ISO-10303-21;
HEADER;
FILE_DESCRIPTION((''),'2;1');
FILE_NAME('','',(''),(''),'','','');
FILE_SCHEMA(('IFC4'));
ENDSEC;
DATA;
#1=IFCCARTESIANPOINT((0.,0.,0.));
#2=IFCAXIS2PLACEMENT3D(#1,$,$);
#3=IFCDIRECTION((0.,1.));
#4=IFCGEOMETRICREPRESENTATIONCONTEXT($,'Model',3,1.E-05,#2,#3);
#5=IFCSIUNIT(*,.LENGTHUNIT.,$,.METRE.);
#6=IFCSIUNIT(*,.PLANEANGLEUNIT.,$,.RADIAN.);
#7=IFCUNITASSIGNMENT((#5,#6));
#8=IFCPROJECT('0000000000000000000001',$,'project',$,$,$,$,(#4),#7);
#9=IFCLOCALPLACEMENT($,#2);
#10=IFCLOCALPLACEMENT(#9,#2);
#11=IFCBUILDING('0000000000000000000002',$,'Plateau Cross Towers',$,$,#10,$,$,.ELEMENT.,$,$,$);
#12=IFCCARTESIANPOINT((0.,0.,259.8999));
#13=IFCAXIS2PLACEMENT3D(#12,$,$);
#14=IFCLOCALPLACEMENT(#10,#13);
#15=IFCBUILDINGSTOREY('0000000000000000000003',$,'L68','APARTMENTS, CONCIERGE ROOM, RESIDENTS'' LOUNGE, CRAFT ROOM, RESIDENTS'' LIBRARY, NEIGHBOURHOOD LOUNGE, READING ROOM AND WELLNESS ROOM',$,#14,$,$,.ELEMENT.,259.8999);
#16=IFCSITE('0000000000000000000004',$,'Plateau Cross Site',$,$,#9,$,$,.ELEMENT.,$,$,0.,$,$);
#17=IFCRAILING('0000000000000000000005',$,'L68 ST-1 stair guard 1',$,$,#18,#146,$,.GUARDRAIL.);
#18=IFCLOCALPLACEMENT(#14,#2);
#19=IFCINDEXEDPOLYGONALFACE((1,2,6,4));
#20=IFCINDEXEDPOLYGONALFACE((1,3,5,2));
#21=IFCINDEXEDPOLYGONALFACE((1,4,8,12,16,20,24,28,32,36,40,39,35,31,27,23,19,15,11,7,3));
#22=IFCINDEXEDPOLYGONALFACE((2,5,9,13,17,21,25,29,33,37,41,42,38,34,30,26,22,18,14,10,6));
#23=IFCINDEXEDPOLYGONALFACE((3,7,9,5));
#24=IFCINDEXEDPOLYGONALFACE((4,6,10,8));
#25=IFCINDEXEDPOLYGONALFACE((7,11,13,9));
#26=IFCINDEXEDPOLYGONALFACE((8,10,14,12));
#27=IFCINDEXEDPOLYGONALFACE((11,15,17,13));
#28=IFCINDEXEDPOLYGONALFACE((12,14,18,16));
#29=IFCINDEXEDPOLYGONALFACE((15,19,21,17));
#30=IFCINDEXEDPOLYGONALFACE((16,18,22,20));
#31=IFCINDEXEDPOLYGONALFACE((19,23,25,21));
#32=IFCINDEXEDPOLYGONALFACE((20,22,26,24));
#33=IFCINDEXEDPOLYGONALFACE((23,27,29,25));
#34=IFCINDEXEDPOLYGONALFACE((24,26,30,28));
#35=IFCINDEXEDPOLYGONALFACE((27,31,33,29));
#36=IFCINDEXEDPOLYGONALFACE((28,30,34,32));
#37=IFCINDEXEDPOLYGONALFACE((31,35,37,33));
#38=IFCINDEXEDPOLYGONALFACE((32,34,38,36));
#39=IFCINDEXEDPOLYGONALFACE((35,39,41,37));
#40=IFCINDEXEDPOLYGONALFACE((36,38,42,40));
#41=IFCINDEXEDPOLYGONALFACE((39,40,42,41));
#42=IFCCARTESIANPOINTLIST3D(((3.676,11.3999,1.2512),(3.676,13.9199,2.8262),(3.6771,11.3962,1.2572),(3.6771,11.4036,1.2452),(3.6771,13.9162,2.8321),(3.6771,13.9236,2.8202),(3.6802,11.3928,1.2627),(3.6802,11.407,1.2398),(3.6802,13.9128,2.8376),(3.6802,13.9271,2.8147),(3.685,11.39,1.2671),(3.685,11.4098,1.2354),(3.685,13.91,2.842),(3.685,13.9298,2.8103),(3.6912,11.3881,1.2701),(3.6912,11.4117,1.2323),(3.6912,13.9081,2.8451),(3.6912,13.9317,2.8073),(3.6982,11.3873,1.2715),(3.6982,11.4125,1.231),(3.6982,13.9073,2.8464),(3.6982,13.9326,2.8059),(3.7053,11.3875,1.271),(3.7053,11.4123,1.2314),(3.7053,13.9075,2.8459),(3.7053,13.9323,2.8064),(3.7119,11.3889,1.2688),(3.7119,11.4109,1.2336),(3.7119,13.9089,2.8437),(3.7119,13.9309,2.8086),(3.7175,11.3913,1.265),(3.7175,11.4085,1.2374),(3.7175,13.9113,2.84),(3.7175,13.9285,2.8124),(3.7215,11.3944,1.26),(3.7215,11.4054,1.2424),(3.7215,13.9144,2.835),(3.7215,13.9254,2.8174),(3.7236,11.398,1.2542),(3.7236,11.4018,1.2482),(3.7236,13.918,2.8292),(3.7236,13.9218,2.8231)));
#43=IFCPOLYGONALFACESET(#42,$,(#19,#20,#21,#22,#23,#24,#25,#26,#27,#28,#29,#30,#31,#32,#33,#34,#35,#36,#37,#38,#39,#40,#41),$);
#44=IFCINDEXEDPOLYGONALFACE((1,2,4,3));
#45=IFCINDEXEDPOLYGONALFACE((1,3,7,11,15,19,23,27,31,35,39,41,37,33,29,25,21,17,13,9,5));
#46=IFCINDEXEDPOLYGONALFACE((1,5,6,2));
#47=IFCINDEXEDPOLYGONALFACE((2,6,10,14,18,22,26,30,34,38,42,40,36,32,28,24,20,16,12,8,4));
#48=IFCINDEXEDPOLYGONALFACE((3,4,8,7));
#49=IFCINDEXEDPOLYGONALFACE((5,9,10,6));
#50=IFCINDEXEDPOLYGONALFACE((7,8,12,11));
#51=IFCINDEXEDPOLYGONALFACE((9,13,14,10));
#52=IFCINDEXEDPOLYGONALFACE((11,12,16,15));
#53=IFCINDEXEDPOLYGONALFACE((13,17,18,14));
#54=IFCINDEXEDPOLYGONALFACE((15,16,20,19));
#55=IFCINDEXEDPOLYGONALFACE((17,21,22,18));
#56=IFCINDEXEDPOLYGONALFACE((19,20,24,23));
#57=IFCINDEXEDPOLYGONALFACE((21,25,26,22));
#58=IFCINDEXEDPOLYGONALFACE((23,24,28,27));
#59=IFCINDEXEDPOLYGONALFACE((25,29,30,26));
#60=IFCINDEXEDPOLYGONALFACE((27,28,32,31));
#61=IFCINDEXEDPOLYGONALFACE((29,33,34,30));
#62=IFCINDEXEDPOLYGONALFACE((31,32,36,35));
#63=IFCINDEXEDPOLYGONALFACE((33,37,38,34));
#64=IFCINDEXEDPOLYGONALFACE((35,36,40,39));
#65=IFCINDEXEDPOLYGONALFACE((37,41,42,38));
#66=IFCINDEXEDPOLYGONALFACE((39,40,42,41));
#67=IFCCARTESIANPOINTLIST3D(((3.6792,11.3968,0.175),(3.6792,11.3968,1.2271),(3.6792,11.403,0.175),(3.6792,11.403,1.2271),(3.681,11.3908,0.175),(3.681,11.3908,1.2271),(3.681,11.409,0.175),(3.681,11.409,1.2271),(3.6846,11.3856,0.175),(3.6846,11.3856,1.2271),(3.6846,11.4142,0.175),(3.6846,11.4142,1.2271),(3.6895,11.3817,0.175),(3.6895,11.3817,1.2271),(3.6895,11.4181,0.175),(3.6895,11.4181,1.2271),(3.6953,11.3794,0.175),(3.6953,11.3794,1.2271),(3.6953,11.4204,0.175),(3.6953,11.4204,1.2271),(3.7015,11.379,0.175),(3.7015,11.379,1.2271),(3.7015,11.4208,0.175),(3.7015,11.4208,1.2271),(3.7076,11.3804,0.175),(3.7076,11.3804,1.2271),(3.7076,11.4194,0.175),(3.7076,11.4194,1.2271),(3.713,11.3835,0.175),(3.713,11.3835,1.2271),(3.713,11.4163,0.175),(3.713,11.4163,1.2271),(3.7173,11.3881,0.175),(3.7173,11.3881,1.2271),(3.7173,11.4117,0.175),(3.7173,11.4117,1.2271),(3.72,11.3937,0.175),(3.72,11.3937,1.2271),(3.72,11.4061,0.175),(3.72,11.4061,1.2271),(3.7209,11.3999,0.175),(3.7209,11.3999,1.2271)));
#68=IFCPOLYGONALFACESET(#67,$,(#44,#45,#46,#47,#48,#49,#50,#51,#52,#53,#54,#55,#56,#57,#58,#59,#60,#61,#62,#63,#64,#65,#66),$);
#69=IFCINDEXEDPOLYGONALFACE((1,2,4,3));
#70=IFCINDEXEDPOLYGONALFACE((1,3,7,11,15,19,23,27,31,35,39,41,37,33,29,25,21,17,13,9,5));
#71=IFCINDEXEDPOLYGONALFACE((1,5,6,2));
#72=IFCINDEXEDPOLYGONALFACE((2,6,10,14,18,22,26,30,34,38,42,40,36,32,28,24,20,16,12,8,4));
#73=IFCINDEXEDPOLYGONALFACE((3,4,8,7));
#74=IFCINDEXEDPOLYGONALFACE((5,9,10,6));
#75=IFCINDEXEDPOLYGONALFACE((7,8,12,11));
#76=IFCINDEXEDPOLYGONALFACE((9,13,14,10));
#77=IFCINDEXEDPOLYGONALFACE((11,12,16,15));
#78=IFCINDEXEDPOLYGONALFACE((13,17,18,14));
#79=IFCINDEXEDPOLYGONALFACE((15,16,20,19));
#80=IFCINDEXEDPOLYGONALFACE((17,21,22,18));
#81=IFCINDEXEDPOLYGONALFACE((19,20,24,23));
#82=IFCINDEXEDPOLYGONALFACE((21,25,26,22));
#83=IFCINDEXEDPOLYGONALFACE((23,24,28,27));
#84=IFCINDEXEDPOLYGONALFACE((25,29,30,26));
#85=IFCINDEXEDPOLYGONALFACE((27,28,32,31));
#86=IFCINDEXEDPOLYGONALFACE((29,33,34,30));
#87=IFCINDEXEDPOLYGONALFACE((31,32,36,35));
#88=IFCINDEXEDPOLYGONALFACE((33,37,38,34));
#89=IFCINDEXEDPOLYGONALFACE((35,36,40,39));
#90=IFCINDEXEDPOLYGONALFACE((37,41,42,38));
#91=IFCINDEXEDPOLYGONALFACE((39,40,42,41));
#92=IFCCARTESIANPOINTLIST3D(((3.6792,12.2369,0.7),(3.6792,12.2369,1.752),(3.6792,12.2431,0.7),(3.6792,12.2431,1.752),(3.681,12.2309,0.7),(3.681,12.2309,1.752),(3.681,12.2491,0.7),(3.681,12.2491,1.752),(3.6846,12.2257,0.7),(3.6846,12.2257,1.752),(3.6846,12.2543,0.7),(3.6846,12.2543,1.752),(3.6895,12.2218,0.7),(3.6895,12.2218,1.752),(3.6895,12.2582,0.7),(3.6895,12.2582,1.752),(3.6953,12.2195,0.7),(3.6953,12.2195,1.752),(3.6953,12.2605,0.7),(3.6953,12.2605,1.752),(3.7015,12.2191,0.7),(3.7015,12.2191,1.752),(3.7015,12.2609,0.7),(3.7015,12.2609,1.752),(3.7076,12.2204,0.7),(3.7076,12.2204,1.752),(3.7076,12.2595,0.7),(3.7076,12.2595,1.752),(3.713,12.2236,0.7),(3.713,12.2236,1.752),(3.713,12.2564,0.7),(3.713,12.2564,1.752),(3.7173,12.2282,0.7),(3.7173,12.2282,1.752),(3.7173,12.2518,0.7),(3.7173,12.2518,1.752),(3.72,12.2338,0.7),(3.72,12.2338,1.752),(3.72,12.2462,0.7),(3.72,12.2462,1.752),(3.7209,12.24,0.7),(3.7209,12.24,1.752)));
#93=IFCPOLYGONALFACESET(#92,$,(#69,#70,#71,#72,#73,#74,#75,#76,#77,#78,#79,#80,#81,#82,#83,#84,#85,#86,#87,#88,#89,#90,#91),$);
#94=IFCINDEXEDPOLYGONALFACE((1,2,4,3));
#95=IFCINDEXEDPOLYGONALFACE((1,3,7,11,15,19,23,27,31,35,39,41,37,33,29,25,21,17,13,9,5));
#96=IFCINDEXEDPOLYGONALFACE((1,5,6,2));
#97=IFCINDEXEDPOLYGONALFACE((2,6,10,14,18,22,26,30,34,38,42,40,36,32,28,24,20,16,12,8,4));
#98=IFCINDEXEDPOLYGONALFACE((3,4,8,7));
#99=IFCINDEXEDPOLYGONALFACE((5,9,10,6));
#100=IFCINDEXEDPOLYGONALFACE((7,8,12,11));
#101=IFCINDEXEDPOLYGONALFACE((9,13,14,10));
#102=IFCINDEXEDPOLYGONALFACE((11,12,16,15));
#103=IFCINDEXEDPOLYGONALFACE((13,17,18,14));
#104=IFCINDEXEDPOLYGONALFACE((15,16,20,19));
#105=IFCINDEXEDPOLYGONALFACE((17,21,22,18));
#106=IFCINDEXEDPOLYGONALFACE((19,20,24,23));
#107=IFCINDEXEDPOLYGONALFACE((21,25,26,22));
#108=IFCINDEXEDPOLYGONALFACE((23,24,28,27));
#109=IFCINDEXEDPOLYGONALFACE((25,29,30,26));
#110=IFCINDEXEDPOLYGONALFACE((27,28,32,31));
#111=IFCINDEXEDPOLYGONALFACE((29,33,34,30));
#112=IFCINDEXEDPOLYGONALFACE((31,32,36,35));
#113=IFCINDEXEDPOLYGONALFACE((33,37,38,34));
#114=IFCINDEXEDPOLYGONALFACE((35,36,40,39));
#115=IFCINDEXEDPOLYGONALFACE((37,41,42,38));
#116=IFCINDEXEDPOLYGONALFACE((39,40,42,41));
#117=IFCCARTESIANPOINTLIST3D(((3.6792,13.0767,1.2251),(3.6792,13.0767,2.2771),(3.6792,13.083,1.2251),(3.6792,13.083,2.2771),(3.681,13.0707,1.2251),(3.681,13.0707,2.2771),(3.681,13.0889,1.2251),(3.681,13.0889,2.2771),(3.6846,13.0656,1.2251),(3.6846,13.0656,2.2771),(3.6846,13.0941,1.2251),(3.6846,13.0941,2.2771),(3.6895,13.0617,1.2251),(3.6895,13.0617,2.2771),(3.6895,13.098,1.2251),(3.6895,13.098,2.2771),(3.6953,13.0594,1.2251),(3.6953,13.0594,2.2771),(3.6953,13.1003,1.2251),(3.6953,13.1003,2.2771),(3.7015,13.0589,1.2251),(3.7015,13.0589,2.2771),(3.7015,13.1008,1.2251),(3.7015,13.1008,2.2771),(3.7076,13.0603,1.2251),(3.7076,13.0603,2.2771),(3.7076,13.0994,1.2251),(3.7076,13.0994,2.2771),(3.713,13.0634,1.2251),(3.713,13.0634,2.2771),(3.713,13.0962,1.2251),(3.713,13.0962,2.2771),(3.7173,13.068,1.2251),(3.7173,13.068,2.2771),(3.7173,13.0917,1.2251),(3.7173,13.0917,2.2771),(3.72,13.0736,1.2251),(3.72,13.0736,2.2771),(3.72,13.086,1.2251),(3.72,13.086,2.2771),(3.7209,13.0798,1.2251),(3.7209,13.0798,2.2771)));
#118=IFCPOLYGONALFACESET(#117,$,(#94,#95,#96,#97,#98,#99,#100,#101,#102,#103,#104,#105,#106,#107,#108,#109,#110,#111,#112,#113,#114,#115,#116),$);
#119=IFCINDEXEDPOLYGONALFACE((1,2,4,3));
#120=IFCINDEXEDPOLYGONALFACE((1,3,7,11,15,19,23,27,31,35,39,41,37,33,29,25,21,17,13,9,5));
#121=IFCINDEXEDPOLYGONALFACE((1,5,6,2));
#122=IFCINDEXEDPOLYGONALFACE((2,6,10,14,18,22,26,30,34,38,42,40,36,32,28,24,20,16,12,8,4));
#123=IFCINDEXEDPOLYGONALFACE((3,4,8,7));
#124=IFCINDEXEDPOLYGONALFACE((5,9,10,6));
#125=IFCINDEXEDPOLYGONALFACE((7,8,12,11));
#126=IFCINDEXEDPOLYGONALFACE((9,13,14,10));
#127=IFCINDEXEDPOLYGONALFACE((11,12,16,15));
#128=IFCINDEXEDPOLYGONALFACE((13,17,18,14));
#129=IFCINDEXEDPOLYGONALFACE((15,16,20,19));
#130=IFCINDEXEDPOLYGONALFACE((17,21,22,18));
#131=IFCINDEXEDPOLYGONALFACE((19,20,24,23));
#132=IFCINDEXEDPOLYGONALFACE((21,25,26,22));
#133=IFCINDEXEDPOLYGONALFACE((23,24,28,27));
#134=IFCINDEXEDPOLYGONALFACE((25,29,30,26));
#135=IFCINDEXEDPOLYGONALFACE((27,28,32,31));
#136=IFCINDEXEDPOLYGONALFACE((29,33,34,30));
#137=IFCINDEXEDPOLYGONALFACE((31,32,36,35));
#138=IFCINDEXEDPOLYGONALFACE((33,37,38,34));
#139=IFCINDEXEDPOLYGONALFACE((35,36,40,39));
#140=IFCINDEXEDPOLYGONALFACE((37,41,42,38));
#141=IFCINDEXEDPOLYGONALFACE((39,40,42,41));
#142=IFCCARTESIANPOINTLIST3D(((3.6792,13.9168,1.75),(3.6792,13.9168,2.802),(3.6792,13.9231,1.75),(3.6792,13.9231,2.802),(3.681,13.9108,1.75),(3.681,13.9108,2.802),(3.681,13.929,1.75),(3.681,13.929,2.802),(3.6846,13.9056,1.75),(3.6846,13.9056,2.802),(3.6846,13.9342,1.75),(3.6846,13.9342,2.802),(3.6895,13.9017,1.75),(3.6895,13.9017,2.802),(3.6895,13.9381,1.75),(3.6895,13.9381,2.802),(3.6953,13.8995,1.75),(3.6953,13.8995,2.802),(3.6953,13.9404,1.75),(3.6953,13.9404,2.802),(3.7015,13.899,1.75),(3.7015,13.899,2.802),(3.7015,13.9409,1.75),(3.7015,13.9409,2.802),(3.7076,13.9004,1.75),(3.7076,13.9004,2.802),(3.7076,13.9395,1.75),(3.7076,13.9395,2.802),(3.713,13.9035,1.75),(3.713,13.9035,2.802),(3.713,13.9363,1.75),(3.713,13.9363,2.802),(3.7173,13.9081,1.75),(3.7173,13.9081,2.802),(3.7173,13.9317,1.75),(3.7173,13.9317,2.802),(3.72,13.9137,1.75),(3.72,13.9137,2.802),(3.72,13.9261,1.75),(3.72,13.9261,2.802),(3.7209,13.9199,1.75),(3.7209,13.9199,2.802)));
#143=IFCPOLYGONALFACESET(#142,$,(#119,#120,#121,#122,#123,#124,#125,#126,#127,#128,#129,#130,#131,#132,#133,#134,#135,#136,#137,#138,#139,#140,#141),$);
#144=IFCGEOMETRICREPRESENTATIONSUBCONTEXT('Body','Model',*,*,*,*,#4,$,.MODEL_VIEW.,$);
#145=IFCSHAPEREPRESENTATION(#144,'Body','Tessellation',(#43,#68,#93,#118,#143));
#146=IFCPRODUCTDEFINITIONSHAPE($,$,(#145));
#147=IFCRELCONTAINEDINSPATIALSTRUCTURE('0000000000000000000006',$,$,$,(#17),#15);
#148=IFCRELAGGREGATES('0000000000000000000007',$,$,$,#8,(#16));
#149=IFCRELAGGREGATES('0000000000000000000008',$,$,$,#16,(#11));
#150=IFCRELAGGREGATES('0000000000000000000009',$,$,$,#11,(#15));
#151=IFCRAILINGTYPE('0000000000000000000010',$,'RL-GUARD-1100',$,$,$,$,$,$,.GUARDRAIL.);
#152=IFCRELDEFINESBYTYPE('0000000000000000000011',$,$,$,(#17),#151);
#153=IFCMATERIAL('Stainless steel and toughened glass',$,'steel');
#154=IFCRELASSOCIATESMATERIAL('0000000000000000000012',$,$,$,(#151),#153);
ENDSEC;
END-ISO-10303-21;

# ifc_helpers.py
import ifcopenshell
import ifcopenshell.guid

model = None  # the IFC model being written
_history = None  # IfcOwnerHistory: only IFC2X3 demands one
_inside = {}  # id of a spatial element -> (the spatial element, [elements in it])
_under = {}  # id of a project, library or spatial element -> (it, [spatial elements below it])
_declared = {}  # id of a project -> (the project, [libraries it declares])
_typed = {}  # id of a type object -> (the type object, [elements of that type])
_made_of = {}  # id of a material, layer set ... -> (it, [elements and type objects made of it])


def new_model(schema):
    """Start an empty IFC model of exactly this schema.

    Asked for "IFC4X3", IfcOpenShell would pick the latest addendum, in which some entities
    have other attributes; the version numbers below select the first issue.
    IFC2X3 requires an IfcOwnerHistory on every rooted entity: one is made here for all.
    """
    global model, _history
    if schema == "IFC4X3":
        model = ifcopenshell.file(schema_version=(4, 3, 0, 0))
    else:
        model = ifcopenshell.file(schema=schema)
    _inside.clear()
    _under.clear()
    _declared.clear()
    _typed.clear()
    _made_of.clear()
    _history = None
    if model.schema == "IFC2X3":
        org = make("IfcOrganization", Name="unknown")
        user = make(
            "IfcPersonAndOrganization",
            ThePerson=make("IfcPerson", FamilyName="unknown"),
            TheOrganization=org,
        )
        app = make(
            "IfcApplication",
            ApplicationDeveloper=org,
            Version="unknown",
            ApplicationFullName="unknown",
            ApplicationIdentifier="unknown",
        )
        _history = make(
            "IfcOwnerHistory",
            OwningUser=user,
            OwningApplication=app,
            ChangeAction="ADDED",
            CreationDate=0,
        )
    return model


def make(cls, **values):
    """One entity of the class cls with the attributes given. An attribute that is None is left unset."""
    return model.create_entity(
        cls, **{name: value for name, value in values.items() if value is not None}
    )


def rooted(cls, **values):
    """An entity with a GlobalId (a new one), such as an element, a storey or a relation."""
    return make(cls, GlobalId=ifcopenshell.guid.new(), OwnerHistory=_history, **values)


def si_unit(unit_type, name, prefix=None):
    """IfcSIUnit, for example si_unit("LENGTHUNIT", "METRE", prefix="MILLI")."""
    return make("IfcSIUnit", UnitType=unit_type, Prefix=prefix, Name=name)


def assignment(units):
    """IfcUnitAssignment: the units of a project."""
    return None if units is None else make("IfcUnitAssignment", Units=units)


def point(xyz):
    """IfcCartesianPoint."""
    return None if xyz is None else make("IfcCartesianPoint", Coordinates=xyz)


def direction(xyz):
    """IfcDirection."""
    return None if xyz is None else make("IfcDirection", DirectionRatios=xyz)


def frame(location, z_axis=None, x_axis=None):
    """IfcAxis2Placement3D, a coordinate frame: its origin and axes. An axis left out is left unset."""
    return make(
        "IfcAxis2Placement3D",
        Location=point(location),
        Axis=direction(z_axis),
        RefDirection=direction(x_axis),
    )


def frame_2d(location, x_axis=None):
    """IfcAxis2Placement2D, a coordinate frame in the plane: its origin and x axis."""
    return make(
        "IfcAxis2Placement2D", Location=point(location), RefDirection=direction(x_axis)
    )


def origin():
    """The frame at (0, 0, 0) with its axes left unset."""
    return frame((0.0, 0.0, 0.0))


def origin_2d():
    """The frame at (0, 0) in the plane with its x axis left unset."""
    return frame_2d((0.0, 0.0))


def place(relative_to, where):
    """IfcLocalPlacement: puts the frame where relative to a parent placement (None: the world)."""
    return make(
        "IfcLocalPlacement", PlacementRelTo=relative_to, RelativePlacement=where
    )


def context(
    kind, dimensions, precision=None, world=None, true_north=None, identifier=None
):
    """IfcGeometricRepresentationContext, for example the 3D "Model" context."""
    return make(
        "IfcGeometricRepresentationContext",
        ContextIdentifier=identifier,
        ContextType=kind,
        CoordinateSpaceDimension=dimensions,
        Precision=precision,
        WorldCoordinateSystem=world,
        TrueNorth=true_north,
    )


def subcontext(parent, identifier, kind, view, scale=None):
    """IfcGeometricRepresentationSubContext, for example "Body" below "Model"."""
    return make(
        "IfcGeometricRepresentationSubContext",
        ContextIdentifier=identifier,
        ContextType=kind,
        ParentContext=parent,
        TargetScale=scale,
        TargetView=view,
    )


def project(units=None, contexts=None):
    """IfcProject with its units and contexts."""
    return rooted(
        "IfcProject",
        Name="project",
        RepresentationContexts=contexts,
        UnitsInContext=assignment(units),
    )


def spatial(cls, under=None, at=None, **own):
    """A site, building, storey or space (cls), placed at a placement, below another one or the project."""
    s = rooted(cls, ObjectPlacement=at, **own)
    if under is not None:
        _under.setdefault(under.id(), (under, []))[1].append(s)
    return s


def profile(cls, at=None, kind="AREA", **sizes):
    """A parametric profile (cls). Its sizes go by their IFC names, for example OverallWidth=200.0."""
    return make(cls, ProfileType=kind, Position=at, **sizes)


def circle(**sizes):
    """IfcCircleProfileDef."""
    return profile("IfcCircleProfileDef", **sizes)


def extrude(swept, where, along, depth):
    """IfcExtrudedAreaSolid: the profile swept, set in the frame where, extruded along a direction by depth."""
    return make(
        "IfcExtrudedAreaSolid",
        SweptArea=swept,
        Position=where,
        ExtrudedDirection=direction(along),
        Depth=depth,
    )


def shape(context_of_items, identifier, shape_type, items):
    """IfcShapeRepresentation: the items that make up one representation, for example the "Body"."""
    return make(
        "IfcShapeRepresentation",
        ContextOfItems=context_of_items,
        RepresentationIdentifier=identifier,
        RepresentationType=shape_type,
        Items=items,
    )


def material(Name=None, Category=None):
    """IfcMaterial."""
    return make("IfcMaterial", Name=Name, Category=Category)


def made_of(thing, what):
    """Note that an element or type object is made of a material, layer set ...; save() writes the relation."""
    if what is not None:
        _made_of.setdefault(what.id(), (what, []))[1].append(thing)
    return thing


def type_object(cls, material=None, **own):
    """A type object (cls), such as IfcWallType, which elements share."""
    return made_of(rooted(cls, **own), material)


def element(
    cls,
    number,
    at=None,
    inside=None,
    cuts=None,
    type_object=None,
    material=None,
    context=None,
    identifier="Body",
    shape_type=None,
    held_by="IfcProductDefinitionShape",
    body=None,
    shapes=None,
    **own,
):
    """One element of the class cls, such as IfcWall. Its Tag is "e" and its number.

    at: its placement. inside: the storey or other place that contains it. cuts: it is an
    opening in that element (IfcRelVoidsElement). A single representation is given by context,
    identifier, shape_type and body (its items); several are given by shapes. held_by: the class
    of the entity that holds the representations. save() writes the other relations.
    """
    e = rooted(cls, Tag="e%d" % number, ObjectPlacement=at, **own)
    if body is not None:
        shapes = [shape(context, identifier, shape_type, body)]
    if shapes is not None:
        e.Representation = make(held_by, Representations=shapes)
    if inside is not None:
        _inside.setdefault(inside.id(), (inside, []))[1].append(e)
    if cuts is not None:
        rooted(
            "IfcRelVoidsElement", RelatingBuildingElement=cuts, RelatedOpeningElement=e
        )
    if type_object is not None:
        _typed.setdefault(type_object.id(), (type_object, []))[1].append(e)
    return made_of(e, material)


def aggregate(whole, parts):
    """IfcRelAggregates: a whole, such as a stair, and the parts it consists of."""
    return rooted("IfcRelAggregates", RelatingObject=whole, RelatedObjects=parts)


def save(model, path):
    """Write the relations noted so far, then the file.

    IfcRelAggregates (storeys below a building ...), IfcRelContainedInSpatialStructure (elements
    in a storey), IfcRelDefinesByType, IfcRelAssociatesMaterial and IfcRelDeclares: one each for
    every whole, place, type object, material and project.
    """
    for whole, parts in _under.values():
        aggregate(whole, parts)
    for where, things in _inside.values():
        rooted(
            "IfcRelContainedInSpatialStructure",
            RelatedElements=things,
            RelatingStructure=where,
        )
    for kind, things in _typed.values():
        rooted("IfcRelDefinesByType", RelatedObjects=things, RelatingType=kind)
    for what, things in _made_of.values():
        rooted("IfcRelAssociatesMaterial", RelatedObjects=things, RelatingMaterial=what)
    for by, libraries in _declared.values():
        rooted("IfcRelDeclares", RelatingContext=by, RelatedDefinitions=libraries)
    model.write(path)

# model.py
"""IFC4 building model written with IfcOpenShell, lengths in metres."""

from ifc_helpers import new_model, si_unit, direction, frame, origin, origin_2d, place, context, subcontext, project, spatial, circle, extrude, material, type_object, element, save


model = new_model("IFC4")

# Units and contexts
model_context = context("Model", 3, precision=1e-05, world=origin(), true_north=direction((0.0, 1.0)))
body_context = subcontext(model_context, "Body", "Model", "MODEL_VIEW")
ifc_project = project(units=[si_unit("LENGTHUNIT", "METRE"), si_unit("PLANEANGLEUNIT", "RADIAN")], contexts=[model_context])

# Site, building, storey
site_placement = place(None, origin())
site = spatial("IfcSite", under=ifc_project, at=site_placement, Name="Plateau Cross Site", CompositionType="ELEMENT", RefElevation=0.0)
building_placement = place(site_placement, origin())
building = spatial("IfcBuilding", under=site, at=building_placement, Name="Plateau Cross Towers", CompositionType="ELEMENT")
storey_placement = place(building_placement, frame((0.0, 0.0, 259.8999)))
storey = spatial("IfcBuildingStorey", under=building, at=storey_placement, Name="L68", Description="APARTMENTS, CONCIERGE ROOM, RESIDENTS' LOUNGE, CRAFT ROOM, RESIDENTS' LIBRARY, NEIGHBOURHOOD LOUNGE, READING ROOM AND WELLNESS ROOM", CompositionType="ELEMENT", Elevation=259.8999)

# Railing
ifc_material_1 = material(Name="Stainless steel and toughened glass", Category="steel")
railing_type_1 = type_object("IfcRailingType", Name="RL-GUARD-1100", PredefinedType="GUARDRAIL", material=ifc_material_1)
railing_1_placement = place(storey_placement, frame((3.7, 11.3999, 0.175)))
element("IfcRailing", 1, at=railing_1_placement, inside=storey, type_object=railing_type_1, Name="L68 ST-1 stair guard 1", PredefinedType="GUARDRAIL", context=body_context, shape_type="SweptSolid", body=[
    extrude(circle(Radius=0.0239, at=origin_2d()), frame((0.0, 0.0, 1.0762), z_axis=(0.0, 0.848008, 0.529984), x_axis=(-1.0, 0.0, 0.0)), (0.0, 0.0, 1.0), 2.9717),
    extrude(circle(Radius=0.021, at=origin_2d()), origin(), (0.0, 0.0, 1.0), 1.052),
    extrude(circle(Radius=0.021, at=origin_2d()), frame((0.0, 0.8401, 0.5249)), (0.0, 0.0, 1.0), 1.052),
    extrude(circle(Radius=0.021, at=origin_2d()), frame((0.0, 1.6799, 1.05)), (0.0, 0.0, 1.0), 1.052),
    extrude(circle(Radius=0.021, at=origin_2d()), frame((0.0, 2.52, 1.575)), (0.0, 0.0, 1.0), 1.052),
])

save(model, "model.ifc")
